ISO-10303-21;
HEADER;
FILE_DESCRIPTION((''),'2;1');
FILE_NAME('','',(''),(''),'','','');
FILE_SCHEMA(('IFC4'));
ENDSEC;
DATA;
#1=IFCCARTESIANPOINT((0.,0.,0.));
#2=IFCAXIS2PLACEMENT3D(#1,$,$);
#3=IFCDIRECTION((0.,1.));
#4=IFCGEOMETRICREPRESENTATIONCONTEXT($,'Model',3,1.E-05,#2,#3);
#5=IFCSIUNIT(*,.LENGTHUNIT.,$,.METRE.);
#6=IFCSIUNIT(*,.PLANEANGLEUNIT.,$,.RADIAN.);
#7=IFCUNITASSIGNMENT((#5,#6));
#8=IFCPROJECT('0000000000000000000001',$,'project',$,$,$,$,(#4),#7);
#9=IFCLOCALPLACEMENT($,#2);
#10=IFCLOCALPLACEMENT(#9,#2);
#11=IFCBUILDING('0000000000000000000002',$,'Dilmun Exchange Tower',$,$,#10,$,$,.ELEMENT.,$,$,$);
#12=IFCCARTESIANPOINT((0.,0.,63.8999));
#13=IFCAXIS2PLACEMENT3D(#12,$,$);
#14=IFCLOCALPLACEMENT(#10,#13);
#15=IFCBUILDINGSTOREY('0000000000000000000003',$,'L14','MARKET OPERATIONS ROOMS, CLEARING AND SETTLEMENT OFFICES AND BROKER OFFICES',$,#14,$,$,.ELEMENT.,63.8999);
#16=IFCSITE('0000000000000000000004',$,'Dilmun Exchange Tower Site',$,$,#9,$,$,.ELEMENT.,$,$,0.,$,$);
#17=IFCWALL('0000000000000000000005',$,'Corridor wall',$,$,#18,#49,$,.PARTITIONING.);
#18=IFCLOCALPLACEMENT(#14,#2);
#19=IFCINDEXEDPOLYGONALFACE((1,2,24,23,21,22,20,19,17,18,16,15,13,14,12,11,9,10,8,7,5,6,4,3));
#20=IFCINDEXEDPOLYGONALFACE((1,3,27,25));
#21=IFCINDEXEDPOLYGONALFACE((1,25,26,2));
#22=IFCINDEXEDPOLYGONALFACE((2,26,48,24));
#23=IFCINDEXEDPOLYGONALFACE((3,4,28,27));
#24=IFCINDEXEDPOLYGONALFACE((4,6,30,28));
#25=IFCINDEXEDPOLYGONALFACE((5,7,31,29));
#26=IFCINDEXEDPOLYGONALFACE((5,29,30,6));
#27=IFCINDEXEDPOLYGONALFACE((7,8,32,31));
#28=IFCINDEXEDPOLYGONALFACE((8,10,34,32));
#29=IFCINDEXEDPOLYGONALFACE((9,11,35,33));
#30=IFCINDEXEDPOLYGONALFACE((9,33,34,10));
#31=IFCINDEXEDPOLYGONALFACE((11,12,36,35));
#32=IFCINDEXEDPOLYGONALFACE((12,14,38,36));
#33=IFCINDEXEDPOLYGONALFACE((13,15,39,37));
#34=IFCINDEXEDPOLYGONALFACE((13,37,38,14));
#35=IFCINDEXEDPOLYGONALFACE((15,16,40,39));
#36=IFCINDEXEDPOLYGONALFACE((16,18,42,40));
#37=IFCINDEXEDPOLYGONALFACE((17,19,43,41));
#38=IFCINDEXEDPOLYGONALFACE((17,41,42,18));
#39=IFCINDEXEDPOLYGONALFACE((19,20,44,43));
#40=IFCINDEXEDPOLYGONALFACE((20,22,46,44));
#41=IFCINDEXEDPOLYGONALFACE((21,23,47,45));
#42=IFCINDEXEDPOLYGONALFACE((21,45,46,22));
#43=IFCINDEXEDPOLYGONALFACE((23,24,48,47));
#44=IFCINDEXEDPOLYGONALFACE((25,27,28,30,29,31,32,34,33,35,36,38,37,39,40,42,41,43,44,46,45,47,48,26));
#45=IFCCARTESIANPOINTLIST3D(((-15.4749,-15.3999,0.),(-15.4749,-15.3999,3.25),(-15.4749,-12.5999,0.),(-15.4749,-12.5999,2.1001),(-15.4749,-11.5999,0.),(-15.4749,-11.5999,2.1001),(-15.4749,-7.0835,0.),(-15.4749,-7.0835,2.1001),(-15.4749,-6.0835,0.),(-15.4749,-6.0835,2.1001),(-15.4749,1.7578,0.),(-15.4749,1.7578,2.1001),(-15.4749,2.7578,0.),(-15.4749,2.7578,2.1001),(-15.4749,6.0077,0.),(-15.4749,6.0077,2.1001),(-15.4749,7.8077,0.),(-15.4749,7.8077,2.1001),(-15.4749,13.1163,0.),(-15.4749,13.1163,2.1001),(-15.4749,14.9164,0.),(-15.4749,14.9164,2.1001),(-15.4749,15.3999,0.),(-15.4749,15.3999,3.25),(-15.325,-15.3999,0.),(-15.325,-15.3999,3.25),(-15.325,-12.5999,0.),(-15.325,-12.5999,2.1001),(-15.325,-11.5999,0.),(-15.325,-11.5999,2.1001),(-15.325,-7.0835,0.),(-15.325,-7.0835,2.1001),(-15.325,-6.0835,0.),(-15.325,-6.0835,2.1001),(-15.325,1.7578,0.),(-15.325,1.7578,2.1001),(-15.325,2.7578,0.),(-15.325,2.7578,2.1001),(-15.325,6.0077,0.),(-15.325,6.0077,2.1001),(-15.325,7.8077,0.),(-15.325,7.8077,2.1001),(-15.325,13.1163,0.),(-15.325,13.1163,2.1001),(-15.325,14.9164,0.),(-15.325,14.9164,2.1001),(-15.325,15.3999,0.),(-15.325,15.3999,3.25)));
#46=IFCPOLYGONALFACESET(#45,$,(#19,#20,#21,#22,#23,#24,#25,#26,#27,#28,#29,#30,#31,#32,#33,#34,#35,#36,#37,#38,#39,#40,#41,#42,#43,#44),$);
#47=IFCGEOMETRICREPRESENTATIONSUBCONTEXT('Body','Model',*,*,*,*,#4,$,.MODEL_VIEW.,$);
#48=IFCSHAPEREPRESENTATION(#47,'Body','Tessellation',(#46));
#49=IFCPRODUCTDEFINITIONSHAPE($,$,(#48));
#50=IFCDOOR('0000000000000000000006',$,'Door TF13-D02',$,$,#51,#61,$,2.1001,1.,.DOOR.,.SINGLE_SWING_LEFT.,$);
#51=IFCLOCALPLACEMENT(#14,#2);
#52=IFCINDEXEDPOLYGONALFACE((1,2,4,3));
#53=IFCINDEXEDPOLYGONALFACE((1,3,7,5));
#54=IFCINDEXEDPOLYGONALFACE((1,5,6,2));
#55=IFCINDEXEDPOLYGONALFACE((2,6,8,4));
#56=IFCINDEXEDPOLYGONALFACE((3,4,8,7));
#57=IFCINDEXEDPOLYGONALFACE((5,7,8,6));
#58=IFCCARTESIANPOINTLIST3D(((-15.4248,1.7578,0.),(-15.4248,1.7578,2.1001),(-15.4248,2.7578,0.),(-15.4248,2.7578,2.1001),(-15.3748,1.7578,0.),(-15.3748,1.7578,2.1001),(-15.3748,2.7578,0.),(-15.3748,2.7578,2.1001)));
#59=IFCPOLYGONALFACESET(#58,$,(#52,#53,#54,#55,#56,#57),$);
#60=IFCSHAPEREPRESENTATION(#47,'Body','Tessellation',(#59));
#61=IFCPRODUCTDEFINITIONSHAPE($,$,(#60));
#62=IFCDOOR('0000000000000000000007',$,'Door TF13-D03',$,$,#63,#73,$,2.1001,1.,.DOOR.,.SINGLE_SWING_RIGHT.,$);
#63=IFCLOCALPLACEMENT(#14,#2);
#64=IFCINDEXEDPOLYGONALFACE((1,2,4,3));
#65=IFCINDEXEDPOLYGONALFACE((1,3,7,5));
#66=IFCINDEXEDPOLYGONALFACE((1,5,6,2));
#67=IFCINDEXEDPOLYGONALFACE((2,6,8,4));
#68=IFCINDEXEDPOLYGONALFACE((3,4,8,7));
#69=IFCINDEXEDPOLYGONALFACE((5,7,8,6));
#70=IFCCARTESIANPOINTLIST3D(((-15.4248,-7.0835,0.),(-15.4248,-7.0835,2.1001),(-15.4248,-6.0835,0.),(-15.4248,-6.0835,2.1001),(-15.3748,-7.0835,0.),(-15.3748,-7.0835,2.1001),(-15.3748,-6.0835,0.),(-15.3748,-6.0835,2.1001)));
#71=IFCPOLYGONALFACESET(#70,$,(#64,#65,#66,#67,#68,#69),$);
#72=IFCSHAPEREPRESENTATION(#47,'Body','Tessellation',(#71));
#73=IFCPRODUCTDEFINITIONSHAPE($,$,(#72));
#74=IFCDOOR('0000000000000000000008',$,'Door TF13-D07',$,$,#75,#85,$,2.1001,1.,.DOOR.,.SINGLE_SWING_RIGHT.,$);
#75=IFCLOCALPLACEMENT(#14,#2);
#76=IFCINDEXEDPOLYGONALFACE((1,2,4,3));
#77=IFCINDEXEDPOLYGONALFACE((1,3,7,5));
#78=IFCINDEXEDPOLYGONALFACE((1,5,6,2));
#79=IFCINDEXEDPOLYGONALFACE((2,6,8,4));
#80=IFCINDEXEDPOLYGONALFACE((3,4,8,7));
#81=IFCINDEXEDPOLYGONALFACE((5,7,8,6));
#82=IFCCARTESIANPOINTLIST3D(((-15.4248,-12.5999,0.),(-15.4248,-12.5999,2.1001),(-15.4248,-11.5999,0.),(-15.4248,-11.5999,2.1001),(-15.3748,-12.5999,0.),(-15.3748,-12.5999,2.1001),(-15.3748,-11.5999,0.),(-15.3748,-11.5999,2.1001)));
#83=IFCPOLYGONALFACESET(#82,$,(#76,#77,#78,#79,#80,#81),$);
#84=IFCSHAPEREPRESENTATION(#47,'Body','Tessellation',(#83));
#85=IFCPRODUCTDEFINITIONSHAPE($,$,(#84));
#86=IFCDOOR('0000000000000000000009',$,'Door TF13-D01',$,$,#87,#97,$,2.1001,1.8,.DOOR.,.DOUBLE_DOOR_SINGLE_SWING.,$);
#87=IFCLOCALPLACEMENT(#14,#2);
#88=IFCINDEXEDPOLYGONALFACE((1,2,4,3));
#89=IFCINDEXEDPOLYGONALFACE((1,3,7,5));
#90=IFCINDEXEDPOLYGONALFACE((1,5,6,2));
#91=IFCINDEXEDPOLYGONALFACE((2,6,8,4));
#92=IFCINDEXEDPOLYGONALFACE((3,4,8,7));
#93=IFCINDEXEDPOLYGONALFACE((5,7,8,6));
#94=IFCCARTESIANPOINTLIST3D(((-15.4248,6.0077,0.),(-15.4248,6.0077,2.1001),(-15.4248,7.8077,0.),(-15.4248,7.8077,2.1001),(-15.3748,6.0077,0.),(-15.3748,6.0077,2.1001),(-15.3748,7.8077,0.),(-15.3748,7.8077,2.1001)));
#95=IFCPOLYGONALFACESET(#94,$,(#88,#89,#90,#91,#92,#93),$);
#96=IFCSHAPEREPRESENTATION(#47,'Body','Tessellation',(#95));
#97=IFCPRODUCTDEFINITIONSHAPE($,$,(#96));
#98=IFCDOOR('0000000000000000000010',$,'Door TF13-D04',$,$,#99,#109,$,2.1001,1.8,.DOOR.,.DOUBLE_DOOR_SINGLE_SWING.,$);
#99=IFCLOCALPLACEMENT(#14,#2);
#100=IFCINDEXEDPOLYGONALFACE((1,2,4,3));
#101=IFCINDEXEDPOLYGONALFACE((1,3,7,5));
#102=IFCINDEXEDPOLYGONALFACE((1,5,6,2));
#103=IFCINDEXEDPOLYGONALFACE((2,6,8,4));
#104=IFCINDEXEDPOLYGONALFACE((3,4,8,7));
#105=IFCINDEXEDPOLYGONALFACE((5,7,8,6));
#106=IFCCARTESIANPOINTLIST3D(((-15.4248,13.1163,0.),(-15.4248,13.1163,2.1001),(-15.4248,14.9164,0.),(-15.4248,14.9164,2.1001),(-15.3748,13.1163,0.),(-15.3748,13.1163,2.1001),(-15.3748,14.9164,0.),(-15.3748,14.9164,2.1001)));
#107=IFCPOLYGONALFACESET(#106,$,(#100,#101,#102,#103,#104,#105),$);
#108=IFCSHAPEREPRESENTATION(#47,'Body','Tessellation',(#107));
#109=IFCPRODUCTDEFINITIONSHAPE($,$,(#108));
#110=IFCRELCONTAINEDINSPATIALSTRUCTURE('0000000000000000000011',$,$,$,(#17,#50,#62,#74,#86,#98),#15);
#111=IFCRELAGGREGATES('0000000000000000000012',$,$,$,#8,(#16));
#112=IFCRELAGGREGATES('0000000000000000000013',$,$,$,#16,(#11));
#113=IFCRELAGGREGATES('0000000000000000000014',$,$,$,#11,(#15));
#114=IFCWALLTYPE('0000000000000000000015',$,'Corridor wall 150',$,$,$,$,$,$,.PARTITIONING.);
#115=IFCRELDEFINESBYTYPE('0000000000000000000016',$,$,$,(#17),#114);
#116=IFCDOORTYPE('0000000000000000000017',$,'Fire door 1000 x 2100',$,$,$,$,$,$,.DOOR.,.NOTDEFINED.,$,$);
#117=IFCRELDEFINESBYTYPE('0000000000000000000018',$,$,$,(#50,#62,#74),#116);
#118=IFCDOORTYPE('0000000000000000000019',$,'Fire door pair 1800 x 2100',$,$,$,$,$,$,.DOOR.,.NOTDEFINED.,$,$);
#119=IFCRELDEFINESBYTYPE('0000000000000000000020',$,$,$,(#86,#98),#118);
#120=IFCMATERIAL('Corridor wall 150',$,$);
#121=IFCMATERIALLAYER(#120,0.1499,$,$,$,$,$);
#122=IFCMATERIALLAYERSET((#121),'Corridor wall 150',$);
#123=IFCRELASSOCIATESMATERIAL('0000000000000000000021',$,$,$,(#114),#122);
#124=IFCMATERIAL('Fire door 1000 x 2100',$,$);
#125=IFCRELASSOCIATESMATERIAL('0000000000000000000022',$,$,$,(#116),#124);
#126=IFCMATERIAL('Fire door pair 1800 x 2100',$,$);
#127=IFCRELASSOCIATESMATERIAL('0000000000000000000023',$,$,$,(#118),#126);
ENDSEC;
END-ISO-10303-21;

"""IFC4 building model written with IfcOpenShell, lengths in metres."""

from ifc_helpers import new_model, si_unit, direction, frame, frame_2d, origin, place, context, subcontext, project, spatial, rectangle, extrude, material, layer, layer_set, type_object, element, fill, save


model = new_model("IFC4")

# Units and contexts
model_context = context("Model", 3, precision=1e-05, world=origin(), true_north=direction((0.0, 1.0)))
body_context = subcontext(model_context, "Body", "Model", "MODEL_VIEW")
ifc_project = project(units=[si_unit("LENGTHUNIT", "METRE"), si_unit("PLANEANGLEUNIT", "RADIAN")], contexts=[model_context])

# Site, building, storey
site_placement = place(None, origin())
site = spatial("IfcSite", under=ifc_project, at=site_placement, Name="Dilmun Exchange Tower Site", CompositionType="ELEMENT", RefElevation=0.0)
building_placement = place(site_placement, origin())
building = spatial("IfcBuilding", under=site, at=building_placement, Name="Dilmun Exchange Tower", CompositionType="ELEMENT")
storey_placement = place(building_placement, frame((0.0, 0.0, 63.8999)))
storey = spatial("IfcBuildingStorey", under=building, at=storey_placement, Name="L14", Description="MARKET OPERATIONS ROOMS, CLEARING AND SETTLEMENT OFFICES AND BROKER OFFICES", CompositionType="ELEMENT", Elevation=63.8999)

# Wall, openings, doors
ifc_material_1 = material(Name="Corridor wall 150")
ifc_layer_1 = layer(ifc_material_1, 0.1499)
ifc_layer_set_1 = layer_set([ifc_layer_1], Name="Corridor wall 150")
wall_type_1 = type_object("IfcWallType", Name="Corridor wall 150", PredefinedType="PARTITIONING", material=ifc_layer_set_1)
wall_1_placement = place(storey_placement, frame((-15.3999, -15.3999, 0.0), z_axis=(0.0, 0.0, 1.0), x_axis=(0.0, 1.0, 0.0)))
wall_1 = element("IfcWall", 1, at=wall_1_placement, inside=storey, type_object=wall_type_1, Name="Corridor wall", PredefinedType="PARTITIONING", context=body_context, shape_type="SweptSolid", body=[
    extrude(rectangle(XDim=30.7998, YDim=0.1499, at=frame_2d((15.3999, 0.0))), origin(), (0.0, 0.0, 1.0), 3.25),
])
opening_1_placement = place(wall_1_placement, frame((21.4077, 0.0, 0.0)))
opening_1 = element("IfcOpeningElement", 2, at=opening_1_placement, cuts=wall_1, PredefinedType="OPENING", context=body_context, shape_type="SweptSolid", body=[
    extrude(rectangle(XDim=1.8, YDim=2.1001, at=frame_2d((0.8999, 1.05))), frame((0.0, 0.085, 0.0), z_axis=(0.0, -1.0, 0.0), x_axis=(1.0, 0.0, 0.0)), (0.0, 0.0, 1.0), 0.1699),
])
opening_2_placement = place(wall_1_placement, frame((17.1577, 0.0, 0.0)))
opening_2 = element("IfcOpeningElement", 3, at=opening_2_placement, cuts=wall_1, PredefinedType="OPENING", context=body_context, shape_type="SweptSolid", body=[
    extrude(rectangle(XDim=1.0, YDim=2.1001, at=frame_2d((0.5, 1.05))), frame((0.0, 0.085, 0.0), z_axis=(0.0, -1.0, 0.0), x_axis=(1.0, 0.0, 0.0)), (0.0, 0.0, 1.0), 0.1699),
])
opening_3_placement = place(wall_1_placement, frame((8.3164, 0.0, 0.0)))
opening_3 = element("IfcOpeningElement", 4, at=opening_3_placement, cuts=wall_1, PredefinedType="OPENING", context=body_context, shape_type="SweptSolid", body=[
    extrude(rectangle(XDim=1.0, YDim=2.1001, at=frame_2d((0.5, 1.05))), frame((0.0, 0.085, 0.0), z_axis=(0.0, -1.0, 0.0), x_axis=(1.0, 0.0, 0.0)), (0.0, 0.0, 1.0), 0.1699),
])
opening_4_placement = place(wall_1_placement, frame((28.5164, 0.0, 0.0)))
opening_4 = element("IfcOpeningElement", 5, at=opening_4_placement, cuts=wall_1, PredefinedType="OPENING", context=body_context, shape_type="SweptSolid", body=[
    extrude(rectangle(XDim=1.8, YDim=2.1001, at=frame_2d((0.8999, 1.05))), frame((0.0, 0.085, 0.0), z_axis=(0.0, -1.0, 0.0), x_axis=(1.0, 0.0, 0.0)), (0.0, 0.0, 1.0), 0.1699),
])
opening_5_placement = place(wall_1_placement, frame((2.8, 0.0, 0.0)))
opening_5 = element("IfcOpeningElement", 6, at=opening_5_placement, cuts=wall_1, PredefinedType="OPENING", context=body_context, shape_type="SweptSolid", body=[
    extrude(rectangle(XDim=1.0, YDim=2.1001, at=frame_2d((0.5, 1.05))), frame((0.0, 0.085, 0.0), z_axis=(0.0, -1.0, 0.0), x_axis=(1.0, 0.0, 0.0)), (0.0, 0.0, 1.0), 0.1699),
])
ifc_material_2 = material(Name="Fire door 1000 x 2100")
door_type_1 = type_object("IfcDoorType", Name="Fire door 1000 x 2100", OperationType="NOTDEFINED", PredefinedType="DOOR", material=ifc_material_2)
door_1_placement = place(opening_2_placement, origin())
door_1 = element("IfcDoor", 7, at=door_1_placement, inside=storey, type_object=door_type_1, Name="Door TF13-D02", OperationType="SINGLE_SWING_LEFT", OverallHeight=2.1001, OverallWidth=1.0, PredefinedType="DOOR", context=body_context, shape_type="SweptSolid", body=[
    extrude(rectangle(XDim=1.0, YDim=2.1001, at=frame_2d((0.5, 1.05))), frame((0.0, 0.0249, 0.0), z_axis=(0.0, -1.0, 0.0), x_axis=(1.0, 0.0, 0.0)), (0.0, 0.0, 1.0), 0.05),
])
fill(opening_2, door_1)
door_2_placement = place(opening_3_placement, origin())
door_2 = element("IfcDoor", 8, at=door_2_placement, inside=storey, type_object=door_type_1, Name="Door TF13-D03", OperationType="SINGLE_SWING_RIGHT", OverallHeight=2.1001, OverallWidth=1.0, PredefinedType="DOOR", context=body_context, shape_type="SweptSolid", body=[
    extrude(rectangle(XDim=1.0, YDim=2.1001, at=frame_2d((0.5, 1.05))), frame((0.0, 0.0249, 0.0), z_axis=(0.0, -1.0, 0.0), x_axis=(1.0, 0.0, 0.0)), (0.0, 0.0, 1.0), 0.05),
])
fill(opening_3, door_2)
door_3_placement = place(opening_5_placement, origin())
door_3 = element("IfcDoor", 9, at=door_3_placement, inside=storey, type_object=door_type_1, Name="Door TF13-D07", OperationType="SINGLE_SWING_RIGHT", OverallHeight=2.1001, OverallWidth=1.0, PredefinedType="DOOR", context=body_context, shape_type="SweptSolid", body=[
    extrude(rectangle(XDim=1.0, YDim=2.1001, at=frame_2d((0.5, 1.05))), frame((0.0, 0.0249, 0.0), z_axis=(0.0, -1.0, 0.0), x_axis=(1.0, 0.0, 0.0)), (0.0, 0.0, 1.0), 0.05),
])
fill(opening_5, door_3)
ifc_material_3 = material(Name="Fire door pair 1800 x 2100")
door_type_2 = type_object("IfcDoorType", Name="Fire door pair 1800 x 2100", OperationType="NOTDEFINED", PredefinedType="DOOR", material=ifc_material_3)
door_4_placement = place(opening_1_placement, origin())
door_4 = element("IfcDoor", 10, at=door_4_placement, inside=storey, type_object=door_type_2, Name="Door TF13-D01", OperationType="DOUBLE_DOOR_SINGLE_SWING", OverallHeight=2.1001, OverallWidth=1.8, PredefinedType="DOOR", context=body_context, shape_type="SweptSolid", body=[
    extrude(rectangle(XDim=1.8, YDim=2.1001, at=frame_2d((0.8999, 1.05))), frame((0.0, 0.0249, 0.0), z_axis=(0.0, -1.0, 0.0), x_axis=(1.0, 0.0, 0.0)), (0.0, 0.0, 1.0), 0.05),
])
fill(opening_1, door_4)
door_5_placement = place(opening_4_placement, origin())
door_5 = element("IfcDoor", 11, at=door_5_placement, inside=storey, type_object=door_type_2, Name="Door TF13-D04", OperationType="DOUBLE_DOOR_SINGLE_SWING", OverallHeight=2.1001, OverallWidth=1.8, PredefinedType="DOOR", context=body_context, shape_type="SweptSolid", body=[
    extrude(rectangle(XDim=1.8, YDim=2.1001, at=frame_2d((0.8999, 1.05))), frame((0.0, 0.0249, 0.0), z_axis=(0.0, -1.0, 0.0), x_axis=(1.0, 0.0, 0.0)), (0.0, 0.0, 1.0), 0.05),
])
fill(opening_4, door_5)

save(model, "model.ifc")
